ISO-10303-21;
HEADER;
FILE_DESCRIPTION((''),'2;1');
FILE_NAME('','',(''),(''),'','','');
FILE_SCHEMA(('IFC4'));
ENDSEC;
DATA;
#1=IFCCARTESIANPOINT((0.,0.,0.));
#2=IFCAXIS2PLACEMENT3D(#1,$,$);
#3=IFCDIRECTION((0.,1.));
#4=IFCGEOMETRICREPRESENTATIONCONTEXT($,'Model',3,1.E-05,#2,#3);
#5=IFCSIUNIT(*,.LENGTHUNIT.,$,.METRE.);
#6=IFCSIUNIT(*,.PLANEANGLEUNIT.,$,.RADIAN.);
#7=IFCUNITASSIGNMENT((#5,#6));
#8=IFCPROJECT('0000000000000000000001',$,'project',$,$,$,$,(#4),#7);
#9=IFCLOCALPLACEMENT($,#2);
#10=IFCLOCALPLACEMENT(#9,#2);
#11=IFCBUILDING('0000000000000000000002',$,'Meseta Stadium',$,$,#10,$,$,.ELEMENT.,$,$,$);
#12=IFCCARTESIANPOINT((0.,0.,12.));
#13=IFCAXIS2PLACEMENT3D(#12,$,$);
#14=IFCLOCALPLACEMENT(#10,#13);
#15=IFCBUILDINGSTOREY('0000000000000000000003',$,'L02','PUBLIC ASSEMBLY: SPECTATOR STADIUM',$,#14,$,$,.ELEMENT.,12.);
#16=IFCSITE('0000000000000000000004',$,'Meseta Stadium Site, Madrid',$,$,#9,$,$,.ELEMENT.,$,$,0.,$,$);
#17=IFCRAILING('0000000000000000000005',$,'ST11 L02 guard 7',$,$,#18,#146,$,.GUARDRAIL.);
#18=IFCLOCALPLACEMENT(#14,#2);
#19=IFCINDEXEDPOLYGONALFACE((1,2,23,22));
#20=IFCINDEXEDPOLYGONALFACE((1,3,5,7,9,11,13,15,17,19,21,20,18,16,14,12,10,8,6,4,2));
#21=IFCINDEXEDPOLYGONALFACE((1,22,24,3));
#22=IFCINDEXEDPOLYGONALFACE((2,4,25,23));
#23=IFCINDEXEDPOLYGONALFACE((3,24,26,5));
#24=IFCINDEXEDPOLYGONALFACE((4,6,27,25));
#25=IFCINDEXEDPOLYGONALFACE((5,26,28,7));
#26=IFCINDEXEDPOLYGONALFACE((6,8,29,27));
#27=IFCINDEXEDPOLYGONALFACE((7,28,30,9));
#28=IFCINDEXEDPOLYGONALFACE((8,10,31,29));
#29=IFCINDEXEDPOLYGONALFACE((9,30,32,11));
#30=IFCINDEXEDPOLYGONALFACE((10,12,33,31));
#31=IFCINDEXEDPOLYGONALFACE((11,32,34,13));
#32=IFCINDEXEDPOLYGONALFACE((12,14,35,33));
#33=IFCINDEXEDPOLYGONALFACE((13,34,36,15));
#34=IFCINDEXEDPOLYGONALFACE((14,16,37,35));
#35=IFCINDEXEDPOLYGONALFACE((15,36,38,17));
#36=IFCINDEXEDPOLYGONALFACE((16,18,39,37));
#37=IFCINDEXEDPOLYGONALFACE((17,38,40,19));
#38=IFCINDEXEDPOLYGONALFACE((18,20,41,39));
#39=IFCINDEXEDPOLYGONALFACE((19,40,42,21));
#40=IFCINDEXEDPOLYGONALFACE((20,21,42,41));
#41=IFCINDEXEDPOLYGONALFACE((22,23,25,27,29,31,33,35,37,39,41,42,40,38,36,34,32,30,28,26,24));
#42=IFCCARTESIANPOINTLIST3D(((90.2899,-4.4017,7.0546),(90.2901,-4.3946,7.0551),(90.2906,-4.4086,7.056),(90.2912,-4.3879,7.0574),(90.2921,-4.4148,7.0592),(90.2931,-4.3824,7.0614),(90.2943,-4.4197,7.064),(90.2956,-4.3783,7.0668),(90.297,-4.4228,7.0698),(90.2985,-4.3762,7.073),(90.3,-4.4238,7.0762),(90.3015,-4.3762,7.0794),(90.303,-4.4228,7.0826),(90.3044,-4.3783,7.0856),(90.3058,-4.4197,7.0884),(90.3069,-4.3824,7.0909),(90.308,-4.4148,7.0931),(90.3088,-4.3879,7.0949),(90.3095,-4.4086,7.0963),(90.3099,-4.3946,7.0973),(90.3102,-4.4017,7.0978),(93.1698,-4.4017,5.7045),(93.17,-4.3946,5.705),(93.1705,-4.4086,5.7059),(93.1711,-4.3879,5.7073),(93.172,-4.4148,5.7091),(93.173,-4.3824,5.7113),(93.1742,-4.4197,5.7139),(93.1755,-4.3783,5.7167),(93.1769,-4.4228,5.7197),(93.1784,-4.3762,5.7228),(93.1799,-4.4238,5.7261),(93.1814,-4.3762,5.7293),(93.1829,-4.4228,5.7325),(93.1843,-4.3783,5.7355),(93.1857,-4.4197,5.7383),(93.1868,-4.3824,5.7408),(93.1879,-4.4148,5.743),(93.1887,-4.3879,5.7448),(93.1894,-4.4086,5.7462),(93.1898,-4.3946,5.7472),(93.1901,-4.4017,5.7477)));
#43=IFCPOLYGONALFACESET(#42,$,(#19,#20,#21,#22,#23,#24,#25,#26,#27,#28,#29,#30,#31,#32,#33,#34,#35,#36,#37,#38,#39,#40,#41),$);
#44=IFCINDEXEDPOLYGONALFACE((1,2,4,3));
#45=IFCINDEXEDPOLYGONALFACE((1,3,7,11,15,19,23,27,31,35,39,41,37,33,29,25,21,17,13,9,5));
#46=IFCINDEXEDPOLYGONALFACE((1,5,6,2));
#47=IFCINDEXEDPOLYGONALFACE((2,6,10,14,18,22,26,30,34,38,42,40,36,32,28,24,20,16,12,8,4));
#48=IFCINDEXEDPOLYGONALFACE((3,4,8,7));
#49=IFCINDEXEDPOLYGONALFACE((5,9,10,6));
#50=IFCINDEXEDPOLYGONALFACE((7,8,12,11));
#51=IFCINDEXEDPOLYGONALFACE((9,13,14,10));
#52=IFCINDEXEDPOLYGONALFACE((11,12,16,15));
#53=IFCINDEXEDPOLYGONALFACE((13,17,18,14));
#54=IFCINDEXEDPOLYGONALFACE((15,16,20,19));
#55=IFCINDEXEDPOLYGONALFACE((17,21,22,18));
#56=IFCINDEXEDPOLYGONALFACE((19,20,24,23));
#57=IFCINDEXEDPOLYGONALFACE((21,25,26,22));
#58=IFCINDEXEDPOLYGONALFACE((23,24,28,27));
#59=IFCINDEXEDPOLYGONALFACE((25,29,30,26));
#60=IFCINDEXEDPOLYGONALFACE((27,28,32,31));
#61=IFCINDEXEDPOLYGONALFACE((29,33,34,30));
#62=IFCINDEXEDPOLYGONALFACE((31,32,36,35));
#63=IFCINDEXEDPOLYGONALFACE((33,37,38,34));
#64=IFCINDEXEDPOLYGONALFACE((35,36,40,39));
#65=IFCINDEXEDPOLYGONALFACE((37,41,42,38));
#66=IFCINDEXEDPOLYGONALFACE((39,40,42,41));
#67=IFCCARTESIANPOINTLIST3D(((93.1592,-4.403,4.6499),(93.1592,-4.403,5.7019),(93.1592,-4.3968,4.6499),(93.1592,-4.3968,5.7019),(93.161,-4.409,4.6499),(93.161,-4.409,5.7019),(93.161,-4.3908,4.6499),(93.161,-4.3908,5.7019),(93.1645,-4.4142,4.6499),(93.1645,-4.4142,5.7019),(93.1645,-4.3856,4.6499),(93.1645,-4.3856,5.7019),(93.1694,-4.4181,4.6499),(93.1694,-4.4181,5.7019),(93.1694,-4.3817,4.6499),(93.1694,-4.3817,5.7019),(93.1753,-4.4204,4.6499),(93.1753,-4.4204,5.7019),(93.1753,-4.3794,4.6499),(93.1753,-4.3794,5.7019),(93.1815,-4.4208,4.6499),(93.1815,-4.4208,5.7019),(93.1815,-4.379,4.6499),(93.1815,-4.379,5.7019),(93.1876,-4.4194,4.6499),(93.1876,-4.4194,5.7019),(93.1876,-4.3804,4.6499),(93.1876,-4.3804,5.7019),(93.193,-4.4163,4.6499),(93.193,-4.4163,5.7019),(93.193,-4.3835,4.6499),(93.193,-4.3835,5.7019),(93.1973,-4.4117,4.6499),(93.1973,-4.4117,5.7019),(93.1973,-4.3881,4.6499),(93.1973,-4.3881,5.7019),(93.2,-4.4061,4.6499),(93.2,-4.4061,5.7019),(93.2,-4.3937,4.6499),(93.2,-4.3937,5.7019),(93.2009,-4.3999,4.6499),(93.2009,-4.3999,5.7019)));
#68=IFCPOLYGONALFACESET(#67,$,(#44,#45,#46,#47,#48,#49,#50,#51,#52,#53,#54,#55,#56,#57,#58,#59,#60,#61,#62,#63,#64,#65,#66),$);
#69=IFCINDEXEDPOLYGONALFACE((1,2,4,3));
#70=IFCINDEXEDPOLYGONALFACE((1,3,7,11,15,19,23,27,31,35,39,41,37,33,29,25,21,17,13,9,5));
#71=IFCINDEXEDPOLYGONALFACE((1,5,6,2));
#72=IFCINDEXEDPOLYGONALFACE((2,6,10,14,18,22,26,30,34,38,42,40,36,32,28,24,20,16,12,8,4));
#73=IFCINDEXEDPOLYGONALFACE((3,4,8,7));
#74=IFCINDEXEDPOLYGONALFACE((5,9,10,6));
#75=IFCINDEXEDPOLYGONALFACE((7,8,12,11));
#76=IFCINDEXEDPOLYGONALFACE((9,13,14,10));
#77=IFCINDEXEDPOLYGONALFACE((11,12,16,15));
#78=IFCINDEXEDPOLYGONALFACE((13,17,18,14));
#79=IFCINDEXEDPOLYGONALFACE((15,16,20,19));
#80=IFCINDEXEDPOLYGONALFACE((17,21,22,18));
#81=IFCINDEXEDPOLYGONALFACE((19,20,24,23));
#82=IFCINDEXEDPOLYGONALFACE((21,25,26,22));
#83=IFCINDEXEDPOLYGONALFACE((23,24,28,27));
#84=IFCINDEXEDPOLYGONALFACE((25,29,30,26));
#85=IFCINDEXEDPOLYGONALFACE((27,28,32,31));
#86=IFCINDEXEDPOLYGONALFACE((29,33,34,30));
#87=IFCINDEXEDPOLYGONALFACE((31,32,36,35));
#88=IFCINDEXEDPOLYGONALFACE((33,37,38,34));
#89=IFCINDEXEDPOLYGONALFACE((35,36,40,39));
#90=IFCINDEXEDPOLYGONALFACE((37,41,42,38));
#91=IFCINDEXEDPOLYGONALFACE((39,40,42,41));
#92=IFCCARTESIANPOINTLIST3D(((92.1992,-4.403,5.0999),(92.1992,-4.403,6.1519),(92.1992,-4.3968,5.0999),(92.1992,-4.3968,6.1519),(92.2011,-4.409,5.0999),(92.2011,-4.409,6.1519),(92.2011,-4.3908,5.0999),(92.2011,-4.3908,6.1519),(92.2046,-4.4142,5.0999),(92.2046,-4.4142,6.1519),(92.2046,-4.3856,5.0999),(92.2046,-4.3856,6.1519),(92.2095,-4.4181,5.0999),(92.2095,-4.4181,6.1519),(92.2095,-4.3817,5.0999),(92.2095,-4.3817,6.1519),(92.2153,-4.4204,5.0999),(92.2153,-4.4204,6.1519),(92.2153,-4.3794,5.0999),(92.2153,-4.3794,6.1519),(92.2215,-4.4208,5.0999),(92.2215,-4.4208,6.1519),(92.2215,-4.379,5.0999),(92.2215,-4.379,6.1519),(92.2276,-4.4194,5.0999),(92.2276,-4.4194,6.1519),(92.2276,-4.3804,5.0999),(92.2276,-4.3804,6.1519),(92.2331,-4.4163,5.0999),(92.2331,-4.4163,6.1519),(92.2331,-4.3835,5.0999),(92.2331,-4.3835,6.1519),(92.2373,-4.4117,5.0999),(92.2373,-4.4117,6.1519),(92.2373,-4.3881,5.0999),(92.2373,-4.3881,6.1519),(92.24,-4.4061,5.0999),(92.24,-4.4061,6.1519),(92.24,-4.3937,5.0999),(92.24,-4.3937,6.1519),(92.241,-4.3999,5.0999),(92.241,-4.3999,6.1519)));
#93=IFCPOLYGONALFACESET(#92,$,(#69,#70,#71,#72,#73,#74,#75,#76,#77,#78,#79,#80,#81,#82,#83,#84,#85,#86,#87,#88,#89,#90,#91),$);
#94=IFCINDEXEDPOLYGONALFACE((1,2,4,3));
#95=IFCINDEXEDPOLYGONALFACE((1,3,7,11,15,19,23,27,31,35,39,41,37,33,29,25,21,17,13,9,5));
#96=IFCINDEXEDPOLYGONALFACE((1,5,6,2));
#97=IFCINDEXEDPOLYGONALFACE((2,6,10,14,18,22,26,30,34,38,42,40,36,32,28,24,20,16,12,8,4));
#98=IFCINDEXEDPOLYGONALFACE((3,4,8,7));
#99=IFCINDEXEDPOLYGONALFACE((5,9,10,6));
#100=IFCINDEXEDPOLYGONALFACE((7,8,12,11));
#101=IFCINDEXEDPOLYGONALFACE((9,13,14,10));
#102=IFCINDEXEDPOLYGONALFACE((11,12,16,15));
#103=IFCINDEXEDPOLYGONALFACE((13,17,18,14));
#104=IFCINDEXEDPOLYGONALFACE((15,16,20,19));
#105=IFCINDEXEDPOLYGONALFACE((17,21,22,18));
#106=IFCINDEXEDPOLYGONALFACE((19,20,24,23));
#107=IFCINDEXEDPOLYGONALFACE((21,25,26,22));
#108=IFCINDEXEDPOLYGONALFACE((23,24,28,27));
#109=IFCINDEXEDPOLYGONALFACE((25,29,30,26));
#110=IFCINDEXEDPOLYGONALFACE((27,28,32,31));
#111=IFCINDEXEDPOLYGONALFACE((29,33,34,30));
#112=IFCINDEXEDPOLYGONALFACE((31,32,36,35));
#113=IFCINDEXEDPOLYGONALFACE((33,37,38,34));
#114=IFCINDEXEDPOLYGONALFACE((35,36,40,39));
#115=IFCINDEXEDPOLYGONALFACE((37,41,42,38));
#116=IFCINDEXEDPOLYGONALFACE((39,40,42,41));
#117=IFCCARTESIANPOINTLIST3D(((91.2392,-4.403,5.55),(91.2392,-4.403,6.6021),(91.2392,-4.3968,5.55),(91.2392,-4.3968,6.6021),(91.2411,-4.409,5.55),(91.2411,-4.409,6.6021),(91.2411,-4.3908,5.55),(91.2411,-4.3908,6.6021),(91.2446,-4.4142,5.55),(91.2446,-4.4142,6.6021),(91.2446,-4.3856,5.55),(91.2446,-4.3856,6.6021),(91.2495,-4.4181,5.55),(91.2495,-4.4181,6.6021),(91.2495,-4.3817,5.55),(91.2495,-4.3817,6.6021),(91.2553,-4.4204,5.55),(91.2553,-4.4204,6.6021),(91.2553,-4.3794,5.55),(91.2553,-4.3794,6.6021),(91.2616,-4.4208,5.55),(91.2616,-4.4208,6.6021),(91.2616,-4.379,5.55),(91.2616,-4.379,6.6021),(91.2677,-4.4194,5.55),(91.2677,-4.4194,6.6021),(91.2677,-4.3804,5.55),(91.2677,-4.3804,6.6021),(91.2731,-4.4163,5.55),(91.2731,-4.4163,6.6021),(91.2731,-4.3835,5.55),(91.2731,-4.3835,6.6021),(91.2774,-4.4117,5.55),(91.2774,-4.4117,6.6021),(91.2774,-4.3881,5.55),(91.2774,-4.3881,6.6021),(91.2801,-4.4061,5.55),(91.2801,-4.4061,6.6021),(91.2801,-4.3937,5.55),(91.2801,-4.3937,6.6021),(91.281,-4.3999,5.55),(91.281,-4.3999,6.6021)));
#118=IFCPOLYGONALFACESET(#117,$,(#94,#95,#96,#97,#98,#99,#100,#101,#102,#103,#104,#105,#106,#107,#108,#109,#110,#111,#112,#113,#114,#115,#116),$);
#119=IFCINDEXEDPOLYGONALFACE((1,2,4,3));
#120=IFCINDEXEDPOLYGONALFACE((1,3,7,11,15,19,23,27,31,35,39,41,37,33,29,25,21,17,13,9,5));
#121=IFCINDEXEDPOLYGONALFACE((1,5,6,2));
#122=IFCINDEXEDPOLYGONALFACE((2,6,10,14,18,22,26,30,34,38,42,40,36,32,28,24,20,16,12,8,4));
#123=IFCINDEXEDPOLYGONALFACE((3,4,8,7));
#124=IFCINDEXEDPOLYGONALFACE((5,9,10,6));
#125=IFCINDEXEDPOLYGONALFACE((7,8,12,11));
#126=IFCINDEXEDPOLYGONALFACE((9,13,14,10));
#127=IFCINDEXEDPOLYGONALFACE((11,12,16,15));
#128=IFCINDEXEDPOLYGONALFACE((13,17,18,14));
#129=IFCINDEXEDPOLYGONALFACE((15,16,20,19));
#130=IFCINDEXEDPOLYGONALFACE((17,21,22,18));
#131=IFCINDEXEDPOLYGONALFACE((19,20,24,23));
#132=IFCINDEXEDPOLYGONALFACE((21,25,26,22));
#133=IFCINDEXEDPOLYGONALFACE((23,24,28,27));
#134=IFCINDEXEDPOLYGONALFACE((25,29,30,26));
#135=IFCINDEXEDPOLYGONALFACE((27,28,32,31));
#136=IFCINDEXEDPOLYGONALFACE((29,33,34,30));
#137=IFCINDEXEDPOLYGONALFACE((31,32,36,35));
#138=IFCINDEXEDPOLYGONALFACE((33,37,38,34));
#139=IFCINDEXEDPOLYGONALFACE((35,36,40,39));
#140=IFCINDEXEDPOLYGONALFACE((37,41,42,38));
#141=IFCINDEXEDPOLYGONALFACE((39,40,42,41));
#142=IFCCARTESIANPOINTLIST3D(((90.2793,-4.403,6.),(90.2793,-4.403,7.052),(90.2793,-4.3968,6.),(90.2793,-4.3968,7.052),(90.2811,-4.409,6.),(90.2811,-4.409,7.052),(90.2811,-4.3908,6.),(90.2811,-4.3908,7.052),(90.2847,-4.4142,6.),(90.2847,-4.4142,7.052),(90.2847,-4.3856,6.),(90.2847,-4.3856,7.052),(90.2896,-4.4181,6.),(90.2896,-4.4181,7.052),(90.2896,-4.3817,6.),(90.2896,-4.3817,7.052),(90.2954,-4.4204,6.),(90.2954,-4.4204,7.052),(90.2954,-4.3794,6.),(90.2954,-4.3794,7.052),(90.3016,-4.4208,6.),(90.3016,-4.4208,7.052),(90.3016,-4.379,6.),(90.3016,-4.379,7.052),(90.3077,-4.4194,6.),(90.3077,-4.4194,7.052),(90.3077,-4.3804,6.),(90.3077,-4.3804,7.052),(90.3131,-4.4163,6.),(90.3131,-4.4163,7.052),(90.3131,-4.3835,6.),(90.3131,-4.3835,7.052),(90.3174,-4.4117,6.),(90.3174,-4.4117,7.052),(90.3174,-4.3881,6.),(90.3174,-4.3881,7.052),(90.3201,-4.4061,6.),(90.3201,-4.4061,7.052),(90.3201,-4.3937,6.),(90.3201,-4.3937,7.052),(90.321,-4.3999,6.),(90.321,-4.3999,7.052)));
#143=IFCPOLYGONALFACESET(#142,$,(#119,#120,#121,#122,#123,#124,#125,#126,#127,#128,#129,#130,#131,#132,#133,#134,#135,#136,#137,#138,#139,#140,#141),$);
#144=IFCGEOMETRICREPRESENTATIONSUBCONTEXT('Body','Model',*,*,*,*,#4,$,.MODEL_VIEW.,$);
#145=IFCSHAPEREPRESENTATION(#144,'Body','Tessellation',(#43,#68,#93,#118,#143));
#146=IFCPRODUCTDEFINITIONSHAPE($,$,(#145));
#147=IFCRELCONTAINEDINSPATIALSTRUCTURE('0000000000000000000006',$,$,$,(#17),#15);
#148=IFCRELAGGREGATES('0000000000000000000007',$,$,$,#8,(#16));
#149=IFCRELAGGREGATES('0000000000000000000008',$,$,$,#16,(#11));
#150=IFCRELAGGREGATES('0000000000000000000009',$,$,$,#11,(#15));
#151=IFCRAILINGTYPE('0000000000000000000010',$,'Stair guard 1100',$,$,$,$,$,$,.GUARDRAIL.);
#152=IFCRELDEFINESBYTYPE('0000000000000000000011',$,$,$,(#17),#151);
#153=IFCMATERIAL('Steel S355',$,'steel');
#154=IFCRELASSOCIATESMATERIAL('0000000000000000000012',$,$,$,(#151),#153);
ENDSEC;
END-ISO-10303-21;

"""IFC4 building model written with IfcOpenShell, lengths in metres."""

from ifc_helpers import new_model, si_unit, direction, frame, origin, origin_2d, place, context, subcontext, project, spatial, circle, extrude, material, type_object, element, save


model = new_model("IFC4")

# Units and contexts
model_context = context("Model", 3, precision=1e-05, world=origin(), true_north=direction((0.0, 1.0)))
body_context = subcontext(model_context, "Body", "Model", "MODEL_VIEW")
ifc_project = project(units=[si_unit("LENGTHUNIT", "METRE"), si_unit("PLANEANGLEUNIT", "RADIAN")], contexts=[model_context])

# Site, building, storey
site_placement = place(None, origin())
site = spatial("IfcSite", under=ifc_project, at=site_placement, Name="Meseta Stadium Site, Madrid", CompositionType="ELEMENT", RefElevation=0.0)
building_placement = place(site_placement, origin())
building = spatial("IfcBuilding", under=site, at=building_placement, Name="Meseta Stadium", CompositionType="ELEMENT")
storey_placement = place(building_placement, frame((0.0, 0.0, 12.0)))
storey = spatial("IfcBuildingStorey", under=building, at=storey_placement, Name="L02", Description="PUBLIC ASSEMBLY: SPECTATOR STADIUM", CompositionType="ELEMENT", Elevation=12.0)

# Railing
ifc_material_1 = material(Name="Steel S355", Category="steel")
railing_type_1 = type_object("IfcRailingType", Name="Stair guard 1100", PredefinedType="GUARDRAIL", material=ifc_material_1)
railing_1_placement = place(storey_placement, frame((93.1799, -4.3999, 4.6499)))
element("IfcRailing", 1, at=railing_1_placement, inside=storey, type_object=railing_type_1, Name="ST11 L02 guard 7", PredefinedType="GUARDRAIL", context=body_context, shape_type="SweptSolid", body=[
    extrude(circle(Radius=0.0239, at=origin_2d()), frame((0.0, 0.0, 1.0762), z_axis=(-0.90544, 0.0, 0.424473), x_axis=(0.0, -1.0, 0.0)), (0.0, 0.0, 1.0), 3.1807),
    extrude(circle(Radius=0.021, at=origin_2d()), origin(), (0.0, 0.0, 1.0), 1.052),
    extrude(circle(Radius=0.021, at=origin_2d()), frame((-0.96, 0.0, 0.45)), (0.0, 0.0, 1.0), 1.052),
    extrude(circle(Radius=0.021, at=origin_2d()), frame((-1.9199, 0.0, 0.9001)), (0.0, 0.0, 1.0), 1.052),
    extrude(circle(Radius=0.021, at=origin_2d()), frame((-2.8799, 0.0, 1.3501)), (0.0, 0.0, 1.0), 1.052),
])

save(model, "model.ifc")
